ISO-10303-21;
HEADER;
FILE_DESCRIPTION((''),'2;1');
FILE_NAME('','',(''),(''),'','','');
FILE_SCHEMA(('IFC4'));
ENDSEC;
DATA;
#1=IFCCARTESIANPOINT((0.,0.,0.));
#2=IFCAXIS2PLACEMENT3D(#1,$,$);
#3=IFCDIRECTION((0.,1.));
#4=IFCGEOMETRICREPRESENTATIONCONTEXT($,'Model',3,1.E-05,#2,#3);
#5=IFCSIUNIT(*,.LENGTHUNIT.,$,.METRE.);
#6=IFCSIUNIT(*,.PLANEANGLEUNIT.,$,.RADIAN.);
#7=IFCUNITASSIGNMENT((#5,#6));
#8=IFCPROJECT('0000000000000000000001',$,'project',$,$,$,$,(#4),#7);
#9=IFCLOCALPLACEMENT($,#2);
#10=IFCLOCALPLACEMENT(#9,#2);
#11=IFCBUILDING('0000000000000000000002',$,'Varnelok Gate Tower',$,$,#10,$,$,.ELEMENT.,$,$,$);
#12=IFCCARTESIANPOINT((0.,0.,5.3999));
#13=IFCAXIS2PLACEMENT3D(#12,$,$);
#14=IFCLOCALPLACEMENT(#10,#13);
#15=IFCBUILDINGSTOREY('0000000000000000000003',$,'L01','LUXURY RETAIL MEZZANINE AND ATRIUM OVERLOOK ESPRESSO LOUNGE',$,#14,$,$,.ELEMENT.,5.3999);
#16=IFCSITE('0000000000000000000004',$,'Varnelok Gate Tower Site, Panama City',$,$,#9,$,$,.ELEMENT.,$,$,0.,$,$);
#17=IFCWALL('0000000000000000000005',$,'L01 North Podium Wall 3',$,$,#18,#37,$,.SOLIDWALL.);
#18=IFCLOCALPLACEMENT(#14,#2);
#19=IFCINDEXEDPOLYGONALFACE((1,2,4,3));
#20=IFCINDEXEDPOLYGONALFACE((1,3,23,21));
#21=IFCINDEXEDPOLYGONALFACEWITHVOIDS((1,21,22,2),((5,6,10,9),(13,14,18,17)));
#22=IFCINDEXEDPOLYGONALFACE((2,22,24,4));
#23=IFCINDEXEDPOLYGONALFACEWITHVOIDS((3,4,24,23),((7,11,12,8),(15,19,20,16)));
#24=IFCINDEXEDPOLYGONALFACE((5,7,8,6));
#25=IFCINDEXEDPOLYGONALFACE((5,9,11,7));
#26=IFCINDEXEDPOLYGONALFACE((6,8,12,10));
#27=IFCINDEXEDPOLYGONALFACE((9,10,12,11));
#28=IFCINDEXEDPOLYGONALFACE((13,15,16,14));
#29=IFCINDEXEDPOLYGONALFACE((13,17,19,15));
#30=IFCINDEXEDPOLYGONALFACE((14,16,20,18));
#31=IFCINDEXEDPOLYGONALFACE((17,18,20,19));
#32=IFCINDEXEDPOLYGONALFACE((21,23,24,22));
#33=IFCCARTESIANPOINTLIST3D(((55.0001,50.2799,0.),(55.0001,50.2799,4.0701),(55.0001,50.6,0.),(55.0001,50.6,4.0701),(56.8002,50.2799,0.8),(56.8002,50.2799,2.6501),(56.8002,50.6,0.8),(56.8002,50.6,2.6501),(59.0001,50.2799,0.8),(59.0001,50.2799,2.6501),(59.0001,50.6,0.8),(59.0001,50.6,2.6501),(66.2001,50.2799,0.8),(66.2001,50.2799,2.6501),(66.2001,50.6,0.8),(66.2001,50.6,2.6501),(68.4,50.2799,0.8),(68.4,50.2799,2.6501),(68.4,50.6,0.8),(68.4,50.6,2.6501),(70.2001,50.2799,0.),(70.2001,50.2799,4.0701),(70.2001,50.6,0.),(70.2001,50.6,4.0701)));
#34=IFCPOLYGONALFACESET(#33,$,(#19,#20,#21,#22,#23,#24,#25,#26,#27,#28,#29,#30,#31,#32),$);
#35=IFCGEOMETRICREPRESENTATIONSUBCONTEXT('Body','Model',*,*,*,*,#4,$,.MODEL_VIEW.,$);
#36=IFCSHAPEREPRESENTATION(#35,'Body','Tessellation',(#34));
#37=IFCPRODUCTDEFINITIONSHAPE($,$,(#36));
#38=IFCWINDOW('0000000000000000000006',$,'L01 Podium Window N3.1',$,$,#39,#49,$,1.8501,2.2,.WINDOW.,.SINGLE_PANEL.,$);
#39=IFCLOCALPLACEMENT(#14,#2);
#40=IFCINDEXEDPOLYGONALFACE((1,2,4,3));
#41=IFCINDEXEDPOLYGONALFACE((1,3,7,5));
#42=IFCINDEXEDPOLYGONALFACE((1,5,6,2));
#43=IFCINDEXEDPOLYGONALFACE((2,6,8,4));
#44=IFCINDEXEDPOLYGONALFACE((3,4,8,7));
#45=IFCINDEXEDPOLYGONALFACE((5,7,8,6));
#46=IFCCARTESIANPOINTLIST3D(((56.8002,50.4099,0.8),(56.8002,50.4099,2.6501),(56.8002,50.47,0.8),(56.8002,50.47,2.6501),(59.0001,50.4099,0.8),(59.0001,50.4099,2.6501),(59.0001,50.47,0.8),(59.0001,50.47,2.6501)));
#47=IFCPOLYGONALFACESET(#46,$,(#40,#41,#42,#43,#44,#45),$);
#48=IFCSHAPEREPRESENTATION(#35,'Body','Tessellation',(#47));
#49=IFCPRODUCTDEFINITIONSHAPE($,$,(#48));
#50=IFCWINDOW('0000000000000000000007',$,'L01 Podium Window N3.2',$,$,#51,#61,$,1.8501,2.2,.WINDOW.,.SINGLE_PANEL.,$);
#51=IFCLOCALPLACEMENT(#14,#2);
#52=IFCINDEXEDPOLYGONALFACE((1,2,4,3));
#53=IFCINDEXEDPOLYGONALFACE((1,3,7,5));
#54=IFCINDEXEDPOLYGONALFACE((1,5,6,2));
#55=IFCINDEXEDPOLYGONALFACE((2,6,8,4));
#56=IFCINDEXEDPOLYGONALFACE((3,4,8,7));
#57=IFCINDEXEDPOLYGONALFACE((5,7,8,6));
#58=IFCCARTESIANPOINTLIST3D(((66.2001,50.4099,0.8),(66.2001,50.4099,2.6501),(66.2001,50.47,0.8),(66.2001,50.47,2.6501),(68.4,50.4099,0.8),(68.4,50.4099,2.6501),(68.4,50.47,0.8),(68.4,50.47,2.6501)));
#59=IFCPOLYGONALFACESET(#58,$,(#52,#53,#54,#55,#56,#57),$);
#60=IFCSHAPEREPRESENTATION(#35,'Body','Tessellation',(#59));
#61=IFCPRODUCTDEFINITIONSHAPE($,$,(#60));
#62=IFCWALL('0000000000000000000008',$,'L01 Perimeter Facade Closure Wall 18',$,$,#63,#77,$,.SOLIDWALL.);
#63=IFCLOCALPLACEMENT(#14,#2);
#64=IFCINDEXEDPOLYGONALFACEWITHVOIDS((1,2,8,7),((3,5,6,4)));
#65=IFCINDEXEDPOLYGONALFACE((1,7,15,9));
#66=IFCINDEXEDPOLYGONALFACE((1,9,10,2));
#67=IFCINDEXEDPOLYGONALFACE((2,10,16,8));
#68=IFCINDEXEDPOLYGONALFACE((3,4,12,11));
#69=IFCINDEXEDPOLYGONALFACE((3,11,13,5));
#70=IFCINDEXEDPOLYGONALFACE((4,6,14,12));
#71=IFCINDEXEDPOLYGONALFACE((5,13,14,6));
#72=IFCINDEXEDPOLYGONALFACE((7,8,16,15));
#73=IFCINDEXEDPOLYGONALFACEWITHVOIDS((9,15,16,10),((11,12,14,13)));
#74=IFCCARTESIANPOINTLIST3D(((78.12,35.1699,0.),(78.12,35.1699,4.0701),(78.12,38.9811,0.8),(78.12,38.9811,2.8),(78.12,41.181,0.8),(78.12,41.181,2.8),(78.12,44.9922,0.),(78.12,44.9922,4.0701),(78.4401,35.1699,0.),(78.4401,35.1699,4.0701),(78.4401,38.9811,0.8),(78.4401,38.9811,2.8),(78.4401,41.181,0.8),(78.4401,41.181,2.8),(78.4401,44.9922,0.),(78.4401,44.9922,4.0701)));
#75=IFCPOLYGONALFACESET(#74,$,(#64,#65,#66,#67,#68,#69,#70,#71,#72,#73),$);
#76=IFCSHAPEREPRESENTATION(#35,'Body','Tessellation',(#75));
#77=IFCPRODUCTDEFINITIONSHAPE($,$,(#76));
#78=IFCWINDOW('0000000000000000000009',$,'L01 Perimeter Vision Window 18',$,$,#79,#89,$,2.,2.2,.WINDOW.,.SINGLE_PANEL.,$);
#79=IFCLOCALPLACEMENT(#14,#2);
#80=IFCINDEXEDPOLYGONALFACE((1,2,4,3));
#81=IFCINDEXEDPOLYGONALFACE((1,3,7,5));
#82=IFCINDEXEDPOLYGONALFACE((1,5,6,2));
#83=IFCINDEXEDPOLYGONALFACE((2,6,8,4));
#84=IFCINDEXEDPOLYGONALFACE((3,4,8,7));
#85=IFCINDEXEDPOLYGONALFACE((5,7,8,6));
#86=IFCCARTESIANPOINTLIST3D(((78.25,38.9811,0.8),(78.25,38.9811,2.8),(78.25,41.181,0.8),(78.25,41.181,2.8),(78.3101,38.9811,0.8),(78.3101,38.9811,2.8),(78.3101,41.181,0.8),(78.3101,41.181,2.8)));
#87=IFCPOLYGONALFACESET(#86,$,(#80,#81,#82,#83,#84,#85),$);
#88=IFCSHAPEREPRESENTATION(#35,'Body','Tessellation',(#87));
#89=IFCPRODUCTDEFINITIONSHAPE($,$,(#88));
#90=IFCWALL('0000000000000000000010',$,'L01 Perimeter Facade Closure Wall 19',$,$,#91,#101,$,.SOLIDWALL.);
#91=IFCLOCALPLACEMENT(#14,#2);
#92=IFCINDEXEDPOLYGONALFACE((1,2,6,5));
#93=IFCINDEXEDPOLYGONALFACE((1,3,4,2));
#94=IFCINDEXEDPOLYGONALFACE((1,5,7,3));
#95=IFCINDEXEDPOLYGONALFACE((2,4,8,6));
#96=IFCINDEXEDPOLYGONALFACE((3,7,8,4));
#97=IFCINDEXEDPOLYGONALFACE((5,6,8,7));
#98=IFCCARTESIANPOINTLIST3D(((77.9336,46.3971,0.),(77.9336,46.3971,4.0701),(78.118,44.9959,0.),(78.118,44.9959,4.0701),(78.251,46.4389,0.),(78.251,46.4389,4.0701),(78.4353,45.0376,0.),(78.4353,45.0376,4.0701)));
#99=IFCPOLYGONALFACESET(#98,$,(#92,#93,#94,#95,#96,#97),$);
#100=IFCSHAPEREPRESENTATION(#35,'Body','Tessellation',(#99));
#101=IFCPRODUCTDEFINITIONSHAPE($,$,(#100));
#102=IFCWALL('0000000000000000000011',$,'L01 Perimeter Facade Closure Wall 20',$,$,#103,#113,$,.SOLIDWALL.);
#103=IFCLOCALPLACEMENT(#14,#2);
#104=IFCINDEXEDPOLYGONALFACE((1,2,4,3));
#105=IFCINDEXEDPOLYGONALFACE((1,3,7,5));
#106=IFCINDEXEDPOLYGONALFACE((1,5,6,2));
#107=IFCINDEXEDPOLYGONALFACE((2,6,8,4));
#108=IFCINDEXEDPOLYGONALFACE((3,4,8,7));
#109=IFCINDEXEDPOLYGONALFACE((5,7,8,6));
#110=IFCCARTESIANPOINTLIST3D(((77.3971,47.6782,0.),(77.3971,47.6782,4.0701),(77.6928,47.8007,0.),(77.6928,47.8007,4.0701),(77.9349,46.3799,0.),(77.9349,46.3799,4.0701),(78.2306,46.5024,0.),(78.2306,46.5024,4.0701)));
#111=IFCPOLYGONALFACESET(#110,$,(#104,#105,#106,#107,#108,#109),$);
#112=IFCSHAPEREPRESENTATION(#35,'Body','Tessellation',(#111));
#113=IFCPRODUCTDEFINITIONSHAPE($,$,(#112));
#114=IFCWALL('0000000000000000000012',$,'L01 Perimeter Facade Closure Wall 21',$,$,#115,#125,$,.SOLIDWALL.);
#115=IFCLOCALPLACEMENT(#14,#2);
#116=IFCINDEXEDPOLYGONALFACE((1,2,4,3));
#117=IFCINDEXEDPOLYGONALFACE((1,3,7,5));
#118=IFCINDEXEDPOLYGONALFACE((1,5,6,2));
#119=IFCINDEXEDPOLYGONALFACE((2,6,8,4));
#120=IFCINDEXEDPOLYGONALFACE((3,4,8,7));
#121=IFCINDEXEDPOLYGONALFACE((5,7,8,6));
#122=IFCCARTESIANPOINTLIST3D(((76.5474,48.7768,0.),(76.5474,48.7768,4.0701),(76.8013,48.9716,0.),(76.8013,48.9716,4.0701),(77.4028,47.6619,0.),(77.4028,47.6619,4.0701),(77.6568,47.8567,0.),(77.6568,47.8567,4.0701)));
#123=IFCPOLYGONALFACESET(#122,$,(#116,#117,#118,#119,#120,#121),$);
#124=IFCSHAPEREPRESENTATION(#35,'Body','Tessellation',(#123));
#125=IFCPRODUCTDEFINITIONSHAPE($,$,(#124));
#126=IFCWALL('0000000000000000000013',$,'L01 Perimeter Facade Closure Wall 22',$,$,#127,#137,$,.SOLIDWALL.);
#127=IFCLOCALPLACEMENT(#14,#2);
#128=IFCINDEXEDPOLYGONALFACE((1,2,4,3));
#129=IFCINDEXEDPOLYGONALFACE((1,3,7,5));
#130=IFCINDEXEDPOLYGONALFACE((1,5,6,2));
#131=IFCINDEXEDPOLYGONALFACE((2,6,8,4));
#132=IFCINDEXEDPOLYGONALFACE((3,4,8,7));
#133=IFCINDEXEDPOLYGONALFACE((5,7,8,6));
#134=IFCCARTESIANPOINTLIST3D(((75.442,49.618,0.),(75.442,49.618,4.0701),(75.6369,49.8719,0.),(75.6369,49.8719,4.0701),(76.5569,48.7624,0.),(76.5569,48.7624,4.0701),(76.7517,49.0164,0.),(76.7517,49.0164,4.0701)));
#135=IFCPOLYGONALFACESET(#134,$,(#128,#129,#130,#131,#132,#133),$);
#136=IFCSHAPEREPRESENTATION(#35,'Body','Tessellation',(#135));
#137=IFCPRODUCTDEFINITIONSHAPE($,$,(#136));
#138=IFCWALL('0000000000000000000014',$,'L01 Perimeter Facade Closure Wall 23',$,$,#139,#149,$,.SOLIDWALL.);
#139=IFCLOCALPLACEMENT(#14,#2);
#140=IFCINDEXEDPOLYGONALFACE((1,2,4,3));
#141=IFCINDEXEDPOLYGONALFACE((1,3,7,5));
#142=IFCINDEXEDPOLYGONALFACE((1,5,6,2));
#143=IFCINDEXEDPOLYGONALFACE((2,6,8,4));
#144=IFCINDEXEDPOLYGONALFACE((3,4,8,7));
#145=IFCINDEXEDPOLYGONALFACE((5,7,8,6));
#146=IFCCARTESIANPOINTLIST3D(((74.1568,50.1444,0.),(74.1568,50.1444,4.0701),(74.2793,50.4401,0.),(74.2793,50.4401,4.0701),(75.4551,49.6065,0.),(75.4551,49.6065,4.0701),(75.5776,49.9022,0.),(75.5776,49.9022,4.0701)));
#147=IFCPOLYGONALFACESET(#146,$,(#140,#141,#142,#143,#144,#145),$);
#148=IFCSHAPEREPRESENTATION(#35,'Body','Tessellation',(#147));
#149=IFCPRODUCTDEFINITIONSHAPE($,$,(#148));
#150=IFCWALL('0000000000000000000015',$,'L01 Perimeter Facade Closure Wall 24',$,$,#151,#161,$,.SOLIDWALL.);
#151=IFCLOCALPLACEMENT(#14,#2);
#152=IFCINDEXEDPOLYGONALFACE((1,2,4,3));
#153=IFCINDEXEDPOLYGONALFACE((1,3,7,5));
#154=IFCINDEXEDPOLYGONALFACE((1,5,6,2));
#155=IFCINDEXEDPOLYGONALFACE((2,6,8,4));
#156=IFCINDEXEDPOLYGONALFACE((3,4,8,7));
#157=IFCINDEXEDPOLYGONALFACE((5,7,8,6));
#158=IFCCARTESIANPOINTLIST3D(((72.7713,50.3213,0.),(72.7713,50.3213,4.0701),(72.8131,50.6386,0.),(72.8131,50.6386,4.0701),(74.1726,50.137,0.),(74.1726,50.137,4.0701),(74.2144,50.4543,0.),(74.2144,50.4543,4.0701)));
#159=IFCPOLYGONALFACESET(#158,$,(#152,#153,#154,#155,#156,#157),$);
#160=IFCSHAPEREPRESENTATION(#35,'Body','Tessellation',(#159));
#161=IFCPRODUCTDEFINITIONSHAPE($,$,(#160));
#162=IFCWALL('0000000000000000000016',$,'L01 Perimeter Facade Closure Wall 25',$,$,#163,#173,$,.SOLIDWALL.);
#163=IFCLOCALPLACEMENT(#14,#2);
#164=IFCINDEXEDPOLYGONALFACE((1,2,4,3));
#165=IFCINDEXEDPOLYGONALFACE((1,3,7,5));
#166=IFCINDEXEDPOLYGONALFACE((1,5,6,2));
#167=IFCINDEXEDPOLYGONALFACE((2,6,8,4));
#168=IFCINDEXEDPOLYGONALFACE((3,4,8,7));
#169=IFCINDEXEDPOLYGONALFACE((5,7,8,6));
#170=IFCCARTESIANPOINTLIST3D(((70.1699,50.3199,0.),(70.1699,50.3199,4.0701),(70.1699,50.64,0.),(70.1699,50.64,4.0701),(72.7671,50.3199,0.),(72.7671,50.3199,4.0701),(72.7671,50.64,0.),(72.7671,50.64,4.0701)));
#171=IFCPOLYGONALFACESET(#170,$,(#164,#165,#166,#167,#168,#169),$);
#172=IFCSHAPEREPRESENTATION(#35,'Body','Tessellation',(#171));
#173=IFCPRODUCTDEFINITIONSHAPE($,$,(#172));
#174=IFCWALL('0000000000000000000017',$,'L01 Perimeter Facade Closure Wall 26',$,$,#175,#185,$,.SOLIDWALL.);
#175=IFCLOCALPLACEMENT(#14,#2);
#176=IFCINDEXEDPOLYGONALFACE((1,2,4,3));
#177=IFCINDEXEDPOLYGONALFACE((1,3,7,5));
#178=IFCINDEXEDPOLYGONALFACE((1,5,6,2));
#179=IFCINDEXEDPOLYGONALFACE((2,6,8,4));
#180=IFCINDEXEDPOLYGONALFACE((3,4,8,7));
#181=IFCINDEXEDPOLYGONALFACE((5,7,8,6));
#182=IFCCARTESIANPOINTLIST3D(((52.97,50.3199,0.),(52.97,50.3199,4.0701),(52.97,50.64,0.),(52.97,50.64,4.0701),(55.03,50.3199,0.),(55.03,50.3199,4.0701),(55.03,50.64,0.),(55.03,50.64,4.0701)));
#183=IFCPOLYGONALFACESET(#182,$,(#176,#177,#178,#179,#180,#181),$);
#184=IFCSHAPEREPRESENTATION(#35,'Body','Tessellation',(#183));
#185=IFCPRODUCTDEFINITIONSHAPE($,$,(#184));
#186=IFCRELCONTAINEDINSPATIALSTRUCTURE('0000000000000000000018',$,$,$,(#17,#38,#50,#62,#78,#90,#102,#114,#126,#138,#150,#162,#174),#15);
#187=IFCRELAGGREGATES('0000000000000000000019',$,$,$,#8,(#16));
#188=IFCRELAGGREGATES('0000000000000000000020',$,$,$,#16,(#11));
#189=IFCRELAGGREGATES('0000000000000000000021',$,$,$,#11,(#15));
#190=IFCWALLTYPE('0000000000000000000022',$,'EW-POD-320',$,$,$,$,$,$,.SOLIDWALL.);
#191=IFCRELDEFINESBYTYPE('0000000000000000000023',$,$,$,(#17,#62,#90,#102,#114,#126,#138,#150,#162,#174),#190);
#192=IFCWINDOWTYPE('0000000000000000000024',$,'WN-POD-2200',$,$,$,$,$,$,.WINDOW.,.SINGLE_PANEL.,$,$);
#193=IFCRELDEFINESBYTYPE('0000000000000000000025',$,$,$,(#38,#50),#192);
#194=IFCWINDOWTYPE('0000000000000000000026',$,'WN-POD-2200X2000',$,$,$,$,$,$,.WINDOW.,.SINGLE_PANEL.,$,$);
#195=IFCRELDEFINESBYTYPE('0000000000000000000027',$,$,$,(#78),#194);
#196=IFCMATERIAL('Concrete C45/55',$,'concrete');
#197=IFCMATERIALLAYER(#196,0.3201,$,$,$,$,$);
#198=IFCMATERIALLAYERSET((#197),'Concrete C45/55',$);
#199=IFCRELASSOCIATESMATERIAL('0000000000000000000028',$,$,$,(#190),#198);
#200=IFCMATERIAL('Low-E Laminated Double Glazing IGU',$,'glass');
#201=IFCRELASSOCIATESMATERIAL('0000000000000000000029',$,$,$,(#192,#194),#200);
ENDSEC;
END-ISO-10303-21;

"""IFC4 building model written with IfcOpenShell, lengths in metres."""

from ifc_helpers import new_model, si_unit, direction, frame, frame_2d, origin, place, context, subcontext, project, spatial, rectangle, extrude, material, layer, layer_set, type_object, element, fill, save


model = new_model("IFC4")

# Units and contexts
model_context = context("Model", 3, precision=1e-05, world=origin(), true_north=direction((0.0, 1.0)))
body_context = subcontext(model_context, "Body", "Model", "MODEL_VIEW")
ifc_project = project(units=[si_unit("LENGTHUNIT", "METRE"), si_unit("PLANEANGLEUNIT", "RADIAN")], contexts=[model_context])

# Site, building, storey
site_placement = place(None, origin())
site = spatial("IfcSite", under=ifc_project, at=site_placement, Name="Varnelok Gate Tower Site, Panama City", CompositionType="ELEMENT", RefElevation=0.0)
building_placement = place(site_placement, origin())
building = spatial("IfcBuilding", under=site, at=building_placement, Name="Varnelok Gate Tower", CompositionType="ELEMENT")
storey_placement = place(building_placement, frame((0.0, 0.0, 5.3999)))
storey = spatial("IfcBuildingStorey", under=building, at=storey_placement, Name="L01", Description="LUXURY RETAIL MEZZANINE AND ATRIUM OVERLOOK ESPRESSO LOUNGE", CompositionType="ELEMENT", Elevation=5.3999)

# Wall, openings, windows
ifc_material_1 = material(Name="Concrete C45/55", Category="concrete")
ifc_layer_1 = layer(ifc_material_1, 0.3201)
ifc_layer_set_1 = layer_set([ifc_layer_1], Name="Concrete C45/55")
wall_type = type_object("IfcWallType", Name="EW-POD-320", PredefinedType="SOLIDWALL", material=ifc_layer_set_1)
wall_1_placement = place(storey_placement, frame((55.0, 50.4399, 0.0), z_axis=(0.0, 0.0, 1.0), x_axis=(1.0, 0.0, 0.0)))
wall_1 = element("IfcWall", 1, at=wall_1_placement, inside=storey, type_object=wall_type, Name="L01 North Podium Wall 3", PredefinedType="SOLIDWALL", context=body_context, shape_type="SweptSolid", body=[
    extrude(rectangle(XDim=15.2, YDim=0.3201, at=frame_2d((7.6001, 0.0))), origin(), (0.0, 0.0, 1.0), 4.0701),
])
opening_1_placement = place(wall_1_placement, frame((1.8, 0.0, 0.8)))
opening_1 = element("IfcOpeningElement", 2, at=opening_1_placement, cuts=wall_1, PredefinedType="OPENING", context=body_context, shape_type="SweptSolid", body=[
    extrude(rectangle(XDim=2.2, YDim=1.8501, at=frame_2d((1.1001, 0.925))), frame((0.0, 0.1699, 0.0), z_axis=(0.0, -1.0, 0.0), x_axis=(1.0, 0.0, 0.0)), (0.0, 0.0, 1.0), 0.3401),
])
opening_2_placement = place(wall_1_placement, frame((11.2, 0.0, 0.8)))
opening_2 = element("IfcOpeningElement", 3, at=opening_2_placement, cuts=wall_1, PredefinedType="OPENING", context=body_context, shape_type="SweptSolid", body=[
    extrude(rectangle(XDim=2.2, YDim=1.8501, at=frame_2d((1.1001, 0.925))), frame((0.0, 0.1699, 0.0), z_axis=(0.0, -1.0, 0.0), x_axis=(1.0, 0.0, 0.0)), (0.0, 0.0, 1.0), 0.3401),
])
ifc_material_2 = material(Name="Low-E Laminated Double Glazing IGU", Category="glass")
window_type_1 = type_object("IfcWindowType", Name="WN-POD-2200", PartitioningType="SINGLE_PANEL", PredefinedType="WINDOW", material=ifc_material_2)
window_1_placement = place(opening_1_placement, origin())
window_1 = element("IfcWindow", 4, at=window_1_placement, inside=storey, type_object=window_type_1, Name="L01 Podium Window N3.1", OverallHeight=1.8501, OverallWidth=2.2, PartitioningType="SINGLE_PANEL", PredefinedType="WINDOW", context=body_context, shape_type="SweptSolid", body=[
    extrude(rectangle(XDim=2.2, YDim=1.8501, at=frame_2d((1.1001, 0.925))), frame((0.0, 0.03, 0.0), z_axis=(0.0, -1.0, 0.0), x_axis=(1.0, 0.0, 0.0)), (0.0, 0.0, 1.0), 0.0601),
])
fill(opening_1, window_1)
window_2_placement = place(opening_2_placement, origin())
window_2 = element("IfcWindow", 5, at=window_2_placement, inside=storey, type_object=window_type_1, Name="L01 Podium Window N3.2", OverallHeight=1.8501, OverallWidth=2.2, PartitioningType="SINGLE_PANEL", PredefinedType="WINDOW", context=body_context, shape_type="SweptSolid", body=[
    extrude(rectangle(XDim=2.2, YDim=1.8501, at=frame_2d((1.1001, 0.925))), frame((0.0, 0.03, 0.0), z_axis=(0.0, -1.0, 0.0), x_axis=(1.0, 0.0, 0.0)), (0.0, 0.0, 1.0), 0.0601),
])
fill(opening_2, window_2)

# Wall, opening, window
wall_2_placement = place(storey_placement, frame((78.28, 35.1699, 0.0), z_axis=(0.0, 0.0, 1.0), x_axis=(0.0, 1.0, 0.0)))
wall_2 = element("IfcWall", 6, at=wall_2_placement, inside=storey, type_object=wall_type, Name="L01 Perimeter Facade Closure Wall 18", PredefinedType="SOLIDWALL", context=body_context, shape_type="SweptSolid", body=[
    extrude(rectangle(XDim=9.8223, YDim=0.3201, at=frame_2d((4.9111, 0.0))), origin(), (0.0, 0.0, 1.0), 4.0701),
])
opening_3_placement = place(wall_2_placement, frame((3.811, 0.0, 0.8)))
opening_3 = element("IfcOpeningElement", 7, at=opening_3_placement, cuts=wall_2, PredefinedType="OPENING", context=body_context, shape_type="SweptSolid", body=[
    extrude(rectangle(XDim=2.2, YDim=2.0, at=frame_2d((1.1001, 1.0))), frame((0.0, 0.1699, 0.0), z_axis=(0.0, -1.0, 0.0), x_axis=(1.0, 0.0, 0.0)), (0.0, 0.0, 1.0), 0.3401),
])
window_type_2 = type_object("IfcWindowType", Name="WN-POD-2200X2000", PartitioningType="SINGLE_PANEL", PredefinedType="WINDOW", material=ifc_material_2)
window_3_placement = place(opening_3_placement, origin())
window_3 = element("IfcWindow", 8, at=window_3_placement, inside=storey, type_object=window_type_2, Name="L01 Perimeter Vision Window 18", OverallHeight=2.0, OverallWidth=2.2, PartitioningType="SINGLE_PANEL", PredefinedType="WINDOW", context=body_context, shape_type="SweptSolid", body=[
    extrude(rectangle(XDim=2.2, YDim=2.0, at=frame_2d((1.1001, 1.0))), frame((0.0, 0.03, 0.0), z_axis=(0.0, -1.0, 0.0), x_axis=(1.0, 0.0, 0.0)), (0.0, 0.0, 1.0), 0.0601),
])
fill(opening_3, window_3)

# Walls
wall_3_placement = place(storey_placement, frame((78.2766, 45.0168, 0.0), z_axis=(0.0, 0.0, 1.0), x_axis=(-0.13041, 0.99146, 0.0)))
element("IfcWall", 9, at=wall_3_placement, inside=storey, type_object=wall_type, Name="L01 Perimeter Facade Closure Wall 19", PredefinedType="SOLIDWALL", context=body_context, shape_type="SweptSolid", body=[
    extrude(rectangle(XDim=1.4133, YDim=0.3201, at=frame_2d((0.7065, 0.0))), origin(), (0.0, 0.0, 1.0), 4.0701),
])
for number, where, z_axis, x_axis, name in (
    (10, (78.0828, 46.4412, 0.0), (0.0, 0.0, 1.0), (-0.382715, 0.923866, 0.0), "L01 Perimeter Facade Closure Wall 20"),
    (11, (77.5298, 47.7593, 0.0), (0.0, 0.0, 1.0), (-0.60872, 0.793385, 0.0), "L01 Perimeter Facade Closure Wall 21"),
    (12, (76.6543, 48.8894, 0.0), (0.0, 0.0, 1.0), (-0.793321, 0.608804, 0.0), "L01 Perimeter Facade Closure Wall 22"),
    (13, (75.5164, 49.7544, 0.0), (0.0, 0.0, 1.0), (-0.923866, 0.382715, 0.0), "L01 Perimeter Facade Closure Wall 23"),
):
    element("IfcWall", number, at=place(storey_placement, frame(where, z_axis=z_axis, x_axis=x_axis)), inside=storey, type_object=wall_type, Name=name, PredefinedType="SOLIDWALL", context=body_context, shape_type="SweptSolid", body=[
        extrude(rectangle(XDim=1.4053, YDim=0.3201, at=frame_2d((0.7026, 0.0))), origin(), (0.0, 0.0, 1.0), 4.0701),
    ])
wall_4_placement = place(storey_placement, frame((74.1934, 50.2957, 0.0), z_axis=(0.0, 0.0, 1.0), x_axis=(-0.99146, 0.13041, 0.0)))
element("IfcWall", 14, at=wall_4_placement, inside=storey, type_object=wall_type, Name="L01 Perimeter Facade Closure Wall 24", PredefinedType="SOLIDWALL", context=body_context, shape_type="SweptSolid", body=[
    extrude(rectangle(XDim=1.4133, YDim=0.3201, at=frame_2d((0.7065, 0.0))), origin(), (0.0, 0.0, 1.0), 4.0701),
])
wall_5_placement = place(storey_placement, frame((72.7671, 50.48, 0.0), z_axis=(0.0, 0.0, 1.0), x_axis=(-1.0, 0.0, 0.0)))
element("IfcWall", 15, at=wall_5_placement, inside=storey, type_object=wall_type, Name="L01 Perimeter Facade Closure Wall 25", PredefinedType="SOLIDWALL", context=body_context, shape_type="SweptSolid", body=[
    extrude(rectangle(XDim=2.5972, YDim=0.3201, at=frame_2d((1.2986, 0.0))), origin(), (0.0, 0.0, 1.0), 4.0701),
])
wall_6_placement = place(storey_placement, frame((55.03, 50.48, 0.0), z_axis=(0.0, 0.0, 1.0), x_axis=(-1.0, 0.0, 0.0)))
element("IfcWall", 16, at=wall_6_placement, inside=storey, type_object=wall_type, Name="L01 Perimeter Facade Closure Wall 26", PredefinedType="SOLIDWALL", context=body_context, shape_type="SweptSolid", body=[
    extrude(rectangle(XDim=2.0601, YDim=0.3201, at=frame_2d((1.03, 0.0))), origin(), (0.0, 0.0, 1.0), 4.0701),
])

save(model, "model.ifc")
